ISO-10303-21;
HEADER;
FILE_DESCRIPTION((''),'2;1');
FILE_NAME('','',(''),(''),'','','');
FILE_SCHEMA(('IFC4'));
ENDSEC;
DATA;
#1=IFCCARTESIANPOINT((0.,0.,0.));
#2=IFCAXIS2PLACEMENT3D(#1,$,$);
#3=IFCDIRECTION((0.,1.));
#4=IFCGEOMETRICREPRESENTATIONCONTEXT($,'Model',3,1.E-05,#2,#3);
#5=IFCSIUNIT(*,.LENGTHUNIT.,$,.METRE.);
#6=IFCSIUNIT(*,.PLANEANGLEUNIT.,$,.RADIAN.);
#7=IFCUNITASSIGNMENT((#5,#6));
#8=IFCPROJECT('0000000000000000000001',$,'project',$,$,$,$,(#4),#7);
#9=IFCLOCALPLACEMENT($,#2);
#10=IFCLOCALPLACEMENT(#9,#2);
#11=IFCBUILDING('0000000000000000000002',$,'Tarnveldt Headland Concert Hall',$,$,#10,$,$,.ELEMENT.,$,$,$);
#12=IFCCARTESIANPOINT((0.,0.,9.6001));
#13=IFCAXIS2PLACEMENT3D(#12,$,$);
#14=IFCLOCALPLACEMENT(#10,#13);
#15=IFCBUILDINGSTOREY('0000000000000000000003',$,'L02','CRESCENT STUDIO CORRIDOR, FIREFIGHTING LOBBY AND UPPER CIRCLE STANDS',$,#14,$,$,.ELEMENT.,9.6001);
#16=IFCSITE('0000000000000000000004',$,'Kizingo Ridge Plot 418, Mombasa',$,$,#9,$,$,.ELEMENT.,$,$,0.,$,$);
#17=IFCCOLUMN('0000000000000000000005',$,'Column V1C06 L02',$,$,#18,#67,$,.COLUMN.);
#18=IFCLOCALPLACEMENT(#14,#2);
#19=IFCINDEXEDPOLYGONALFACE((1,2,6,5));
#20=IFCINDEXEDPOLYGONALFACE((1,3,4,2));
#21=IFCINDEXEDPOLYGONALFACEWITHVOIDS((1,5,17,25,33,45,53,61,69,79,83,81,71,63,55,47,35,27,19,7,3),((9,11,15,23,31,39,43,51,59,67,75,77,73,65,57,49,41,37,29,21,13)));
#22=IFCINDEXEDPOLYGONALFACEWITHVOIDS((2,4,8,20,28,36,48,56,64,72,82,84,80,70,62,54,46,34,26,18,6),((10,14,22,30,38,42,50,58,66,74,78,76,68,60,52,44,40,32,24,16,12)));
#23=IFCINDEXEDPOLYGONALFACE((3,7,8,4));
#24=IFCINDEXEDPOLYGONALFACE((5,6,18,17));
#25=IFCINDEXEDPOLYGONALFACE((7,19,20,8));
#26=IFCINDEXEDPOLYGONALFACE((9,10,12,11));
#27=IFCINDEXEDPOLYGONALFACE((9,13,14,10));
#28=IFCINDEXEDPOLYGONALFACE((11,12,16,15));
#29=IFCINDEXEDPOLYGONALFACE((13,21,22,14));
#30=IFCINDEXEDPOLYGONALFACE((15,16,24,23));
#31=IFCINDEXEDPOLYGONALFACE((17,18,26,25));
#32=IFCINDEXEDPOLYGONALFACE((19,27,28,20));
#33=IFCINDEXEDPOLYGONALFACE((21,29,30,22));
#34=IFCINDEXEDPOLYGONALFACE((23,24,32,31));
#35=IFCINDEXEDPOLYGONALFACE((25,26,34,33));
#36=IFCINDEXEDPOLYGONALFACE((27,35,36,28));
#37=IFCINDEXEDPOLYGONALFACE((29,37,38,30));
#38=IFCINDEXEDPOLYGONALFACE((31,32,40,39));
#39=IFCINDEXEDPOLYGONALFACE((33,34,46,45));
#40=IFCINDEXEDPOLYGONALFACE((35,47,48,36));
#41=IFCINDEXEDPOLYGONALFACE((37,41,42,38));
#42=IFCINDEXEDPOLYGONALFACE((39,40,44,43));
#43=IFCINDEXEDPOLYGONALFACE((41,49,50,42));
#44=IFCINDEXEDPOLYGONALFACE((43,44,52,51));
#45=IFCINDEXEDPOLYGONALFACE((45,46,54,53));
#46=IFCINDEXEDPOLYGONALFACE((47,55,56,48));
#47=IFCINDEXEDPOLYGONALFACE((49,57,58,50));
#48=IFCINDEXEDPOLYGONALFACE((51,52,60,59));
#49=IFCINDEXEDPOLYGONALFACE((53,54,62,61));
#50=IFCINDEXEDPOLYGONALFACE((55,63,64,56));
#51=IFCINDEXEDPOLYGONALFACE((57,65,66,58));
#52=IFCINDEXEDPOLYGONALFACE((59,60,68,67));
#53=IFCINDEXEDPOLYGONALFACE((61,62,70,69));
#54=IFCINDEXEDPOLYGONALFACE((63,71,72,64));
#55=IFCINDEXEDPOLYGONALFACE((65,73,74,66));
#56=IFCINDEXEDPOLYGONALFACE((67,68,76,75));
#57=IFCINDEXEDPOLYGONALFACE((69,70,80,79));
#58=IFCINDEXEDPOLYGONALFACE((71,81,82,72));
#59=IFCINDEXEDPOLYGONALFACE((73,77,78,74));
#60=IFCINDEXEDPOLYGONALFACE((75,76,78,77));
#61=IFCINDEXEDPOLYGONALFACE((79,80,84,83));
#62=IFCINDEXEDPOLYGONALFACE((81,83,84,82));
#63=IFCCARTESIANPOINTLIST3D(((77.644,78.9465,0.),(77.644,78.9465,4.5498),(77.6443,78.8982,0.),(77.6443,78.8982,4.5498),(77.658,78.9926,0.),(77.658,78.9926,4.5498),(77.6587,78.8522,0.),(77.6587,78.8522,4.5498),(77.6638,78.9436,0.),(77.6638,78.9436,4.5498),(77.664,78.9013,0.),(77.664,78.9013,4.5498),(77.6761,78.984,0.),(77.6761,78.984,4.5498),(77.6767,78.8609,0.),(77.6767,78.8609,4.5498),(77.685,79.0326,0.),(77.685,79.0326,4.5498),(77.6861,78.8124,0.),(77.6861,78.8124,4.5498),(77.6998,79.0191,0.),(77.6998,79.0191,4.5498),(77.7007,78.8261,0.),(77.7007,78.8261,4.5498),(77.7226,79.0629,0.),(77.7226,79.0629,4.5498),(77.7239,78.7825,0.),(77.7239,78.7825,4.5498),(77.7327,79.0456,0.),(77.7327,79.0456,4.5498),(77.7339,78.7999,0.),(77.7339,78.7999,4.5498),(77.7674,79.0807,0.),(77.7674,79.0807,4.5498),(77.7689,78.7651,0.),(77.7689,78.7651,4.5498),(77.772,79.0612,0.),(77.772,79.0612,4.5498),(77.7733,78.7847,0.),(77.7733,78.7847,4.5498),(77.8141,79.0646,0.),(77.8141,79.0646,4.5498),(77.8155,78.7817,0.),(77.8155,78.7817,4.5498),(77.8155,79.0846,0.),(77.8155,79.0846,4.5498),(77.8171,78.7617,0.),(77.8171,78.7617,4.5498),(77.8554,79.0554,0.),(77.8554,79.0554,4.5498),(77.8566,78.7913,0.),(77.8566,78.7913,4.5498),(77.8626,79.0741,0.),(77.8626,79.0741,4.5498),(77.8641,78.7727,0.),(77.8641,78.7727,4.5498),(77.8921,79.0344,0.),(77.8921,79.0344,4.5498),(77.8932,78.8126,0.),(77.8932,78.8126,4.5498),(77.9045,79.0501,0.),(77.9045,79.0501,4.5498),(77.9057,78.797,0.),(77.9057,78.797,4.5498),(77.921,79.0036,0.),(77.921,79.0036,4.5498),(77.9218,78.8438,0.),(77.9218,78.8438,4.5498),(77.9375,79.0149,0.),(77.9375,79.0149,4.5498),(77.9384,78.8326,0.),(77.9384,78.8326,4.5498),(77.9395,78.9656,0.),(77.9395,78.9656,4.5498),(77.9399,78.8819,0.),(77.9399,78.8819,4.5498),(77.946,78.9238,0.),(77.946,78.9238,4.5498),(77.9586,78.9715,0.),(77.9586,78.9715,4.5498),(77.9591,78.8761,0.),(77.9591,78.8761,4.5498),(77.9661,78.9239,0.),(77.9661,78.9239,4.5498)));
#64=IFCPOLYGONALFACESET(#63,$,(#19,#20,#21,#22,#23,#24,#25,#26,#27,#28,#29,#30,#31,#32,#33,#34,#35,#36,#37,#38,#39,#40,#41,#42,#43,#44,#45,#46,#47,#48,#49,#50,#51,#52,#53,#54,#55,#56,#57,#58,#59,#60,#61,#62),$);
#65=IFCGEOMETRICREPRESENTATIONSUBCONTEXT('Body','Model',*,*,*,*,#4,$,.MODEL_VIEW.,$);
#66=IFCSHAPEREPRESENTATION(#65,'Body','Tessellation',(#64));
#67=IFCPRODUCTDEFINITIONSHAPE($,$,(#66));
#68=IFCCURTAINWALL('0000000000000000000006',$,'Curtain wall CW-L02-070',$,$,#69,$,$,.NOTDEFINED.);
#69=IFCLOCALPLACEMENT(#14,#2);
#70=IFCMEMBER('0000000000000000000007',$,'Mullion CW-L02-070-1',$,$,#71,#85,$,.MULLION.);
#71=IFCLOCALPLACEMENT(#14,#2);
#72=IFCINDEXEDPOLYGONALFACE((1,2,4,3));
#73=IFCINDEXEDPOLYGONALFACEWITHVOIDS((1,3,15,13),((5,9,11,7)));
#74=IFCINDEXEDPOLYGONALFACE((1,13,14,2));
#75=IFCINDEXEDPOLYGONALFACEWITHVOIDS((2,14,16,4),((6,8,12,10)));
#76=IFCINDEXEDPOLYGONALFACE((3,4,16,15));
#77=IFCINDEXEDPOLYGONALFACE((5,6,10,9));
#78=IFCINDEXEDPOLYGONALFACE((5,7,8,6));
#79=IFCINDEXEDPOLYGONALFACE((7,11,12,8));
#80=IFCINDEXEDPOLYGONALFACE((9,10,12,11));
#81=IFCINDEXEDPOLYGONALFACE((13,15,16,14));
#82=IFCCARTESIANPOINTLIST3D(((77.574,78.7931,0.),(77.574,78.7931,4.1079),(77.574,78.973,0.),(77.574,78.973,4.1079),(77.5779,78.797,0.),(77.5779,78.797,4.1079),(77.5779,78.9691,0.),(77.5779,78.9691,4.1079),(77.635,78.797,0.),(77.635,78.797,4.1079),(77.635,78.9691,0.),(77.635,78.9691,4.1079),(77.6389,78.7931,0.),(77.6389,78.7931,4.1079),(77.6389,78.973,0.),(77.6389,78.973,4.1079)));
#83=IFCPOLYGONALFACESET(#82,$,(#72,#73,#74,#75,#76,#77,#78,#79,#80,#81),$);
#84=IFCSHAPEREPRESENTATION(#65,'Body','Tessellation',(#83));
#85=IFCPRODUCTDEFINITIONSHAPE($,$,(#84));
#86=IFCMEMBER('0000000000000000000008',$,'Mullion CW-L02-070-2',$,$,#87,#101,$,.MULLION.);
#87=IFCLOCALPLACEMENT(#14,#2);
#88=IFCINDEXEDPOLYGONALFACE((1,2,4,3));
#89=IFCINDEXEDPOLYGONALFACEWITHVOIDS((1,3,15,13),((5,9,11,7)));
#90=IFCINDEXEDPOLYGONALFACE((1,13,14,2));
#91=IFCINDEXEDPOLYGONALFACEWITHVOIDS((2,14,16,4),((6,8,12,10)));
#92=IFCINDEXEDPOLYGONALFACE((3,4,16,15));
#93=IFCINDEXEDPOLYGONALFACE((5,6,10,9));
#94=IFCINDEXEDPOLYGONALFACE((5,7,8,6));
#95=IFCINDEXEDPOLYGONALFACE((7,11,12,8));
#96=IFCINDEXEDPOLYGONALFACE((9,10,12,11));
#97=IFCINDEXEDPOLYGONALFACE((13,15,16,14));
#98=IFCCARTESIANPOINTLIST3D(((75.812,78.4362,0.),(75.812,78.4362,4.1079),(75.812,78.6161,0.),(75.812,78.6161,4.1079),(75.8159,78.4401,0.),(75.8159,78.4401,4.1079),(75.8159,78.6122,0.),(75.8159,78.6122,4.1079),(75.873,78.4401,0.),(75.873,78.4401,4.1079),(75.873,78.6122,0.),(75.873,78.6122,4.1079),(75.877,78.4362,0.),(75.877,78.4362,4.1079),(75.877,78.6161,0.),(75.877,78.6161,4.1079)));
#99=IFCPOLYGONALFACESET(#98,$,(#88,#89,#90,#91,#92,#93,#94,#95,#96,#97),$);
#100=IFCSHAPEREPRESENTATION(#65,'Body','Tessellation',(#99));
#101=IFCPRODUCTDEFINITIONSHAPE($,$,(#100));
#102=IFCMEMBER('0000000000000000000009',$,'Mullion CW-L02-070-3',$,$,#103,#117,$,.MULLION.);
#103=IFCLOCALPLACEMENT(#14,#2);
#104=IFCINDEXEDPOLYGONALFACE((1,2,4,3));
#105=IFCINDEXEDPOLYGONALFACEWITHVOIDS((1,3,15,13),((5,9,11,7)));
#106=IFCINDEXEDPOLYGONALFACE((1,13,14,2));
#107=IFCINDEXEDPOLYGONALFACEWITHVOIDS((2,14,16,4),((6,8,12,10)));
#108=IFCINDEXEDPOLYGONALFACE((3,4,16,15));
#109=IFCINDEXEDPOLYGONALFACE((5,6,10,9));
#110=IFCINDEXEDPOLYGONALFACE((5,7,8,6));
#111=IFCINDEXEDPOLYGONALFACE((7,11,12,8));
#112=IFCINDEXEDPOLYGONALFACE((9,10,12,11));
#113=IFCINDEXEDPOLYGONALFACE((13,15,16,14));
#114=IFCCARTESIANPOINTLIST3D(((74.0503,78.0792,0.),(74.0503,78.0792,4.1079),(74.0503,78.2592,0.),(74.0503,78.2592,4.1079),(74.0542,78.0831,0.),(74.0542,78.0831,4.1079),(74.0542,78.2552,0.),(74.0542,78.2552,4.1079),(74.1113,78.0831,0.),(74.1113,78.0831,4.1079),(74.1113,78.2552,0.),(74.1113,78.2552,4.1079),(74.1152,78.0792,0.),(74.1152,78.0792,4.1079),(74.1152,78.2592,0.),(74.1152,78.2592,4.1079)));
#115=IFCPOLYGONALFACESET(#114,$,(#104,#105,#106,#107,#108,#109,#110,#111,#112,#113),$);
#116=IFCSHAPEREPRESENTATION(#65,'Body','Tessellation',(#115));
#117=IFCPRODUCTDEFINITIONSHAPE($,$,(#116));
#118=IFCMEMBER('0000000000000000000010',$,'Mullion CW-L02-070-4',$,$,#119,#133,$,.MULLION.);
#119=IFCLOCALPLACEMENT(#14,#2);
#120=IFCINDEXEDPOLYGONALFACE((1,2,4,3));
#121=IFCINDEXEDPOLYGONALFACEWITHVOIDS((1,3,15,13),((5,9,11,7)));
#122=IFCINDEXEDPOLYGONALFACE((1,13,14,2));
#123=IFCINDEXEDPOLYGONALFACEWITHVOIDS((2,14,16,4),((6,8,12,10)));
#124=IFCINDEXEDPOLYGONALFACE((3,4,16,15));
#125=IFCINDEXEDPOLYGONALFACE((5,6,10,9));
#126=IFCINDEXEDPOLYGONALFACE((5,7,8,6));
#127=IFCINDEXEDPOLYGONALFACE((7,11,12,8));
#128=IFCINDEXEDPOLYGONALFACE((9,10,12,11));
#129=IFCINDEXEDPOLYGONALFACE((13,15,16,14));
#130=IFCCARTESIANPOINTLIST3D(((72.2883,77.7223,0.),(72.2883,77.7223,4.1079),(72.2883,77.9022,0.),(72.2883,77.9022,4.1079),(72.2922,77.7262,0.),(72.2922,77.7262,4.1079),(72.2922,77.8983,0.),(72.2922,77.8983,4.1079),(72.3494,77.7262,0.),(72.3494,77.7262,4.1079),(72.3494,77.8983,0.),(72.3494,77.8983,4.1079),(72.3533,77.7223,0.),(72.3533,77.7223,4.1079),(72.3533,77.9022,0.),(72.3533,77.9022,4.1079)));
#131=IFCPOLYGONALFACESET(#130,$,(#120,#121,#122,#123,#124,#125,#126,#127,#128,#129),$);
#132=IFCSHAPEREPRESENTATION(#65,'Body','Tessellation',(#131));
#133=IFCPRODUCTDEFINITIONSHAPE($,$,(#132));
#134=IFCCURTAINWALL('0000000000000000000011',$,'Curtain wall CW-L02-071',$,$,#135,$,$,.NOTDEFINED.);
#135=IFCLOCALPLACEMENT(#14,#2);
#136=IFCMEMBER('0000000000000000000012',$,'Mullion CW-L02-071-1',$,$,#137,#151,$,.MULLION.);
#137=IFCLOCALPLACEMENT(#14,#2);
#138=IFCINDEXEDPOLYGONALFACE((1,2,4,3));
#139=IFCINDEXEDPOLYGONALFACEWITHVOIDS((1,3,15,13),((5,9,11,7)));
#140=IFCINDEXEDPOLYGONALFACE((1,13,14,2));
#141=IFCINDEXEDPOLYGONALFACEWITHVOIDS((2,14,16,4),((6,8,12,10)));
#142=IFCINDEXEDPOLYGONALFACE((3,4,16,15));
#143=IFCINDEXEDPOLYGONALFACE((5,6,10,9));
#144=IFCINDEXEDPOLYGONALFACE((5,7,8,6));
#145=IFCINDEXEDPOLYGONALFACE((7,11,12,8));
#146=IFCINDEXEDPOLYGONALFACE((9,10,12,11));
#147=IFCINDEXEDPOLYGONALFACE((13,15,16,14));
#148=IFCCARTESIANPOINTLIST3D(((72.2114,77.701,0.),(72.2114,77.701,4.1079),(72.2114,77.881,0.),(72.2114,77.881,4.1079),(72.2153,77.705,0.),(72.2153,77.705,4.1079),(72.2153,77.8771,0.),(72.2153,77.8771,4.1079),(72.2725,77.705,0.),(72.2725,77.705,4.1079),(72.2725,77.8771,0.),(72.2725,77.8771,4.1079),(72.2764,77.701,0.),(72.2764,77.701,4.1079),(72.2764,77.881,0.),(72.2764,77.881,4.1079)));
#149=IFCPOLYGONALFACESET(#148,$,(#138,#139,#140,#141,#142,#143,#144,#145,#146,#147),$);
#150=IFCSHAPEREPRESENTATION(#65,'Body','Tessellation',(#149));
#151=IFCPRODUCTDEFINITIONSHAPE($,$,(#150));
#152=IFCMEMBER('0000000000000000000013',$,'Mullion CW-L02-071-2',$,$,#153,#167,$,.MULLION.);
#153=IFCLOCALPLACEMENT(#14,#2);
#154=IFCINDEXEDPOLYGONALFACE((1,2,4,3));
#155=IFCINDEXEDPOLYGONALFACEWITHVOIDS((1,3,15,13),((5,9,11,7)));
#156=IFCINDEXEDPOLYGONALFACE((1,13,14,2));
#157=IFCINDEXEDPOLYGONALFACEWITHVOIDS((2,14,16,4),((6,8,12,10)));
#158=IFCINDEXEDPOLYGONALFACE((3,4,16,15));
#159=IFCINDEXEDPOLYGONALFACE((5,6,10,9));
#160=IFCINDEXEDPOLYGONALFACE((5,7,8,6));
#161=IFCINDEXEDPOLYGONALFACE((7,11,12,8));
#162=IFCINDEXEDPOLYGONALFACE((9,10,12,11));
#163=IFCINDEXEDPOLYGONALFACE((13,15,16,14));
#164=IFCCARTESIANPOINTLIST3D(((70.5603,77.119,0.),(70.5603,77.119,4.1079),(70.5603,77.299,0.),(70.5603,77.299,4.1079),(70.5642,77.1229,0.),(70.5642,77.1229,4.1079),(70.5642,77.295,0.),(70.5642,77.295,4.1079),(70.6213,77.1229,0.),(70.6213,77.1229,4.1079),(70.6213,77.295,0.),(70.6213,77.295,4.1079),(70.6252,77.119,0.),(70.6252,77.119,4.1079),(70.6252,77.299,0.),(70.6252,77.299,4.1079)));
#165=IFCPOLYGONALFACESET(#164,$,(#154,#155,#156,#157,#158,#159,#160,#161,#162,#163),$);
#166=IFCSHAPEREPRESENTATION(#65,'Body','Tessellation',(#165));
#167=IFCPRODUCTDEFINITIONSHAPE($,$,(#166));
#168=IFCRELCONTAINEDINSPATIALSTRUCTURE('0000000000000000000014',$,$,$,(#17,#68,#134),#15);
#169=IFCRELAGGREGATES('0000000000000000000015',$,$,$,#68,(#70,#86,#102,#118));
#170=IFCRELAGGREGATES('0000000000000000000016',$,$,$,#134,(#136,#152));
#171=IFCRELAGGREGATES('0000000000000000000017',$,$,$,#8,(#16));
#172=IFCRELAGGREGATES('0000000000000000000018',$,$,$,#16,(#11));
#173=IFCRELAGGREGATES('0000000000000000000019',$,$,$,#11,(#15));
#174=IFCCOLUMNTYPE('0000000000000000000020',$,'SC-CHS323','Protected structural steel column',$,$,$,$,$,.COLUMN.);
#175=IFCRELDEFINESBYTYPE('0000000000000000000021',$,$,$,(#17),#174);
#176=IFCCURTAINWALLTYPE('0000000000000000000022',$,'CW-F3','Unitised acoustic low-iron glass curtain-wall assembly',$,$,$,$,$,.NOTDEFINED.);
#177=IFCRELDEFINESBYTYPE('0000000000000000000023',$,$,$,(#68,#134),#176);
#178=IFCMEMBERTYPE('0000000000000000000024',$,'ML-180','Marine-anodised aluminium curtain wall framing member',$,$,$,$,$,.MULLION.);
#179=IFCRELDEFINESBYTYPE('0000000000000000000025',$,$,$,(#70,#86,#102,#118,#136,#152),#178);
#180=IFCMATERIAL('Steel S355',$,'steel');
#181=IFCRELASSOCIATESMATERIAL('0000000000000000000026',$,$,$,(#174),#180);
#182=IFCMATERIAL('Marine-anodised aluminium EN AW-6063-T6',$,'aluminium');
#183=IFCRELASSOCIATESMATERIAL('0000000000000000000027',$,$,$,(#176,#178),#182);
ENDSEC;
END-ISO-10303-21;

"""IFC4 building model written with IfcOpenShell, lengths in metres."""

from ifc_helpers import new_model, si_unit, direction, frame, origin, origin_2d, place, context, subcontext, project, spatial, hollow_rectangle, hollow_circle, extrude, material, material_profile, profile_set, type_object, element, aggregate, save


model = new_model("IFC4")

# Units and contexts
model_context = context("Model", 3, precision=1e-05, world=origin(), true_north=direction((0.0, 1.0)))
body_context = subcontext(model_context, "Body", "Model", "MODEL_VIEW")
ifc_project = project(units=[si_unit("LENGTHUNIT", "METRE"), si_unit("PLANEANGLEUNIT", "RADIAN")], contexts=[model_context])

# Site, building, storey
site_placement = place(None, origin())
site = spatial("IfcSite", under=ifc_project, at=site_placement, Name="Kizingo Ridge Plot 418, Mombasa", CompositionType="ELEMENT", RefElevation=0.0)
building_placement = place(site_placement, origin())
building = spatial("IfcBuilding", under=site, at=building_placement, Name="Tarnveldt Headland Concert Hall", CompositionType="ELEMENT")
storey_placement = place(building_placement, frame((0.0, 0.0, 9.6001)))
storey = spatial("IfcBuildingStorey", under=building, at=storey_placement, Name="L02", Description="CRESCENT STUDIO CORRIDOR, FIREFIGHTING LOBBY AND UPPER CIRCLE STANDS", CompositionType="ELEMENT", Elevation=9.6001)

# Column
ifc_material_1 = material(Name="Steel S355", Category="steel")
ifc_material_profile_1 = material_profile(ifc_material_1, hollow_circle(Radius=0.1619, WallThickness=0.02, at=origin_2d()), Name="CHS 323.9x20", Category="steel")
ifc_profile_set_1 = profile_set([ifc_material_profile_1], Name="Steel S355")
column_type = type_object("IfcColumnType", Name="SC-CHS323", Description="Protected structural steel column", PredefinedType="COLUMN", material=ifc_profile_set_1)
column_placement = place(storey_placement, frame((77.8042, 78.9231, 0.0), z_axis=(0.0, 0.0, 1.0), x_axis=(-0.227161, 0.973857, 0.0)))
element("IfcColumn", 1, at=column_placement, inside=storey, type_object=column_type, Name="Column V1C06 L02", PredefinedType="COLUMN", context=body_context, shape_type="SweptSolid", body=[
    extrude(hollow_circle(Radius=0.1619, WallThickness=0.02, at=origin_2d()), origin(), (0.0, 0.0, 1.0), 4.5498),
])

# Curtain walls, members
ifc_material_2 = material(Name="Marine-anodised aluminium EN AW-6063-T6", Category="aluminium")
curtain_wall_type = type_object("IfcCurtainWallType", Name="CW-F3", Description="Unitised acoustic low-iron glass curtain-wall assembly", PredefinedType="NOTDEFINED", material=ifc_material_2)
curtain_wall_1_placement = place(storey_placement, origin())
curtain_wall_1 = element("IfcCurtainWall", 2, at=curtain_wall_1_placement, inside=storey, type_object=curtain_wall_type, Name="Curtain wall CW-L02-070", PredefinedType="NOTDEFINED")
ifc_material_profile_2 = material_profile(ifc_material_2, hollow_rectangle(XDim=0.0649, YDim=0.1799, WallThickness=0.0039, at=origin_2d()), Name="ALU MULLION 65x180x4", Category="aluminium")
ifc_profile_set_2 = profile_set([ifc_material_profile_2], Name="Marine-anodised aluminium EN AW-6063-T6")
member_type_1 = type_object("IfcMemberType", Name="ML-180", Description="Marine-anodised aluminium curtain wall framing member", PredefinedType="MULLION", material=ifc_profile_set_2)
member_1_placement = place(storey_placement, frame((77.6064, 78.8831, 0.0), z_axis=(0.0, 0.0, 1.0), x_axis=(1.0, 0.0, 0.0)))
member_1 = element("IfcMember", 3, at=member_1_placement, type_object=member_type_1, Name="Mullion CW-L02-070-1", PredefinedType="MULLION", context=body_context, shape_type="SweptSolid", body=[
    extrude(hollow_rectangle(XDim=0.0649, YDim=0.1799, WallThickness=0.0039, at=origin_2d()), origin(), (0.0, 0.0, 1.0), 4.1079),
])
member_2_placement = place(storey_placement, frame((75.8445, 78.5261, 0.0), z_axis=(0.0, 0.0, 1.0), x_axis=(1.0, 0.0, 0.0)))
member_2 = element("IfcMember", 4, at=member_2_placement, type_object=member_type_1, Name="Mullion CW-L02-070-2", PredefinedType="MULLION", context=body_context, shape_type="SweptSolid", body=[
    extrude(hollow_rectangle(XDim=0.0649, YDim=0.1799, WallThickness=0.0039, at=origin_2d()), origin(), (0.0, 0.0, 1.0), 4.1079),
])
member_3_placement = place(storey_placement, frame((74.0828, 78.1692, 0.0), z_axis=(0.0, 0.0, 1.0), x_axis=(1.0, 0.0, 0.0)))
member_3 = element("IfcMember", 5, at=member_3_placement, type_object=member_type_1, Name="Mullion CW-L02-070-3", PredefinedType="MULLION", context=body_context, shape_type="SweptSolid", body=[
    extrude(hollow_rectangle(XDim=0.0649, YDim=0.1799, WallThickness=0.0039, at=origin_2d()), origin(), (0.0, 0.0, 1.0), 4.1079),
])
member_4_placement = place(storey_placement, frame((72.3208, 77.8123, 0.0), z_axis=(0.0, 0.0, 1.0), x_axis=(1.0, 0.0, 0.0)))
member_4 = element("IfcMember", 6, at=member_4_placement, type_object=member_type_1, Name="Mullion CW-L02-070-4", PredefinedType="MULLION", context=body_context, shape_type="SweptSolid", body=[
    extrude(hollow_rectangle(XDim=0.0649, YDim=0.1799, WallThickness=0.0039, at=origin_2d()), origin(), (0.0, 0.0, 1.0), 4.1079),
])
curtain_wall_2_placement = place(storey_placement, origin())
curtain_wall_2 = element("IfcCurtainWall", 7, at=curtain_wall_2_placement, inside=storey, type_object=curtain_wall_type, Name="Curtain wall CW-L02-071", PredefinedType="NOTDEFINED")
member_5_placement = place(storey_placement, frame((72.2439, 77.791, 0.0), z_axis=(0.0, 0.0, 1.0), x_axis=(1.0, 0.0, 0.0)))
member_5 = element("IfcMember", 8, at=member_5_placement, type_object=member_type_1, Name="Mullion CW-L02-071-1", PredefinedType="MULLION", context=body_context, shape_type="SweptSolid", body=[
    extrude(hollow_rectangle(XDim=0.0649, YDim=0.1799, WallThickness=0.0039, at=origin_2d()), origin(), (0.0, 0.0, 1.0), 4.1079),
])
member_6_placement = place(storey_placement, frame((70.5928, 77.209, 0.0), z_axis=(0.0, 0.0, 1.0), x_axis=(1.0, 0.0, 0.0)))
member_6 = element("IfcMember", 9, at=member_6_placement, type_object=member_type_1, Name="Mullion CW-L02-071-2", PredefinedType="MULLION", context=body_context, shape_type="SweptSolid", body=[
    extrude(hollow_rectangle(XDim=0.0649, YDim=0.1799, WallThickness=0.0039, at=origin_2d()), origin(), (0.0, 0.0, 1.0), 4.1079),
])

aggregate(curtain_wall_1, [member_1, member_2, member_3, member_4])
aggregate(curtain_wall_2, [member_5, member_6])

save(model, "model.ifc")
